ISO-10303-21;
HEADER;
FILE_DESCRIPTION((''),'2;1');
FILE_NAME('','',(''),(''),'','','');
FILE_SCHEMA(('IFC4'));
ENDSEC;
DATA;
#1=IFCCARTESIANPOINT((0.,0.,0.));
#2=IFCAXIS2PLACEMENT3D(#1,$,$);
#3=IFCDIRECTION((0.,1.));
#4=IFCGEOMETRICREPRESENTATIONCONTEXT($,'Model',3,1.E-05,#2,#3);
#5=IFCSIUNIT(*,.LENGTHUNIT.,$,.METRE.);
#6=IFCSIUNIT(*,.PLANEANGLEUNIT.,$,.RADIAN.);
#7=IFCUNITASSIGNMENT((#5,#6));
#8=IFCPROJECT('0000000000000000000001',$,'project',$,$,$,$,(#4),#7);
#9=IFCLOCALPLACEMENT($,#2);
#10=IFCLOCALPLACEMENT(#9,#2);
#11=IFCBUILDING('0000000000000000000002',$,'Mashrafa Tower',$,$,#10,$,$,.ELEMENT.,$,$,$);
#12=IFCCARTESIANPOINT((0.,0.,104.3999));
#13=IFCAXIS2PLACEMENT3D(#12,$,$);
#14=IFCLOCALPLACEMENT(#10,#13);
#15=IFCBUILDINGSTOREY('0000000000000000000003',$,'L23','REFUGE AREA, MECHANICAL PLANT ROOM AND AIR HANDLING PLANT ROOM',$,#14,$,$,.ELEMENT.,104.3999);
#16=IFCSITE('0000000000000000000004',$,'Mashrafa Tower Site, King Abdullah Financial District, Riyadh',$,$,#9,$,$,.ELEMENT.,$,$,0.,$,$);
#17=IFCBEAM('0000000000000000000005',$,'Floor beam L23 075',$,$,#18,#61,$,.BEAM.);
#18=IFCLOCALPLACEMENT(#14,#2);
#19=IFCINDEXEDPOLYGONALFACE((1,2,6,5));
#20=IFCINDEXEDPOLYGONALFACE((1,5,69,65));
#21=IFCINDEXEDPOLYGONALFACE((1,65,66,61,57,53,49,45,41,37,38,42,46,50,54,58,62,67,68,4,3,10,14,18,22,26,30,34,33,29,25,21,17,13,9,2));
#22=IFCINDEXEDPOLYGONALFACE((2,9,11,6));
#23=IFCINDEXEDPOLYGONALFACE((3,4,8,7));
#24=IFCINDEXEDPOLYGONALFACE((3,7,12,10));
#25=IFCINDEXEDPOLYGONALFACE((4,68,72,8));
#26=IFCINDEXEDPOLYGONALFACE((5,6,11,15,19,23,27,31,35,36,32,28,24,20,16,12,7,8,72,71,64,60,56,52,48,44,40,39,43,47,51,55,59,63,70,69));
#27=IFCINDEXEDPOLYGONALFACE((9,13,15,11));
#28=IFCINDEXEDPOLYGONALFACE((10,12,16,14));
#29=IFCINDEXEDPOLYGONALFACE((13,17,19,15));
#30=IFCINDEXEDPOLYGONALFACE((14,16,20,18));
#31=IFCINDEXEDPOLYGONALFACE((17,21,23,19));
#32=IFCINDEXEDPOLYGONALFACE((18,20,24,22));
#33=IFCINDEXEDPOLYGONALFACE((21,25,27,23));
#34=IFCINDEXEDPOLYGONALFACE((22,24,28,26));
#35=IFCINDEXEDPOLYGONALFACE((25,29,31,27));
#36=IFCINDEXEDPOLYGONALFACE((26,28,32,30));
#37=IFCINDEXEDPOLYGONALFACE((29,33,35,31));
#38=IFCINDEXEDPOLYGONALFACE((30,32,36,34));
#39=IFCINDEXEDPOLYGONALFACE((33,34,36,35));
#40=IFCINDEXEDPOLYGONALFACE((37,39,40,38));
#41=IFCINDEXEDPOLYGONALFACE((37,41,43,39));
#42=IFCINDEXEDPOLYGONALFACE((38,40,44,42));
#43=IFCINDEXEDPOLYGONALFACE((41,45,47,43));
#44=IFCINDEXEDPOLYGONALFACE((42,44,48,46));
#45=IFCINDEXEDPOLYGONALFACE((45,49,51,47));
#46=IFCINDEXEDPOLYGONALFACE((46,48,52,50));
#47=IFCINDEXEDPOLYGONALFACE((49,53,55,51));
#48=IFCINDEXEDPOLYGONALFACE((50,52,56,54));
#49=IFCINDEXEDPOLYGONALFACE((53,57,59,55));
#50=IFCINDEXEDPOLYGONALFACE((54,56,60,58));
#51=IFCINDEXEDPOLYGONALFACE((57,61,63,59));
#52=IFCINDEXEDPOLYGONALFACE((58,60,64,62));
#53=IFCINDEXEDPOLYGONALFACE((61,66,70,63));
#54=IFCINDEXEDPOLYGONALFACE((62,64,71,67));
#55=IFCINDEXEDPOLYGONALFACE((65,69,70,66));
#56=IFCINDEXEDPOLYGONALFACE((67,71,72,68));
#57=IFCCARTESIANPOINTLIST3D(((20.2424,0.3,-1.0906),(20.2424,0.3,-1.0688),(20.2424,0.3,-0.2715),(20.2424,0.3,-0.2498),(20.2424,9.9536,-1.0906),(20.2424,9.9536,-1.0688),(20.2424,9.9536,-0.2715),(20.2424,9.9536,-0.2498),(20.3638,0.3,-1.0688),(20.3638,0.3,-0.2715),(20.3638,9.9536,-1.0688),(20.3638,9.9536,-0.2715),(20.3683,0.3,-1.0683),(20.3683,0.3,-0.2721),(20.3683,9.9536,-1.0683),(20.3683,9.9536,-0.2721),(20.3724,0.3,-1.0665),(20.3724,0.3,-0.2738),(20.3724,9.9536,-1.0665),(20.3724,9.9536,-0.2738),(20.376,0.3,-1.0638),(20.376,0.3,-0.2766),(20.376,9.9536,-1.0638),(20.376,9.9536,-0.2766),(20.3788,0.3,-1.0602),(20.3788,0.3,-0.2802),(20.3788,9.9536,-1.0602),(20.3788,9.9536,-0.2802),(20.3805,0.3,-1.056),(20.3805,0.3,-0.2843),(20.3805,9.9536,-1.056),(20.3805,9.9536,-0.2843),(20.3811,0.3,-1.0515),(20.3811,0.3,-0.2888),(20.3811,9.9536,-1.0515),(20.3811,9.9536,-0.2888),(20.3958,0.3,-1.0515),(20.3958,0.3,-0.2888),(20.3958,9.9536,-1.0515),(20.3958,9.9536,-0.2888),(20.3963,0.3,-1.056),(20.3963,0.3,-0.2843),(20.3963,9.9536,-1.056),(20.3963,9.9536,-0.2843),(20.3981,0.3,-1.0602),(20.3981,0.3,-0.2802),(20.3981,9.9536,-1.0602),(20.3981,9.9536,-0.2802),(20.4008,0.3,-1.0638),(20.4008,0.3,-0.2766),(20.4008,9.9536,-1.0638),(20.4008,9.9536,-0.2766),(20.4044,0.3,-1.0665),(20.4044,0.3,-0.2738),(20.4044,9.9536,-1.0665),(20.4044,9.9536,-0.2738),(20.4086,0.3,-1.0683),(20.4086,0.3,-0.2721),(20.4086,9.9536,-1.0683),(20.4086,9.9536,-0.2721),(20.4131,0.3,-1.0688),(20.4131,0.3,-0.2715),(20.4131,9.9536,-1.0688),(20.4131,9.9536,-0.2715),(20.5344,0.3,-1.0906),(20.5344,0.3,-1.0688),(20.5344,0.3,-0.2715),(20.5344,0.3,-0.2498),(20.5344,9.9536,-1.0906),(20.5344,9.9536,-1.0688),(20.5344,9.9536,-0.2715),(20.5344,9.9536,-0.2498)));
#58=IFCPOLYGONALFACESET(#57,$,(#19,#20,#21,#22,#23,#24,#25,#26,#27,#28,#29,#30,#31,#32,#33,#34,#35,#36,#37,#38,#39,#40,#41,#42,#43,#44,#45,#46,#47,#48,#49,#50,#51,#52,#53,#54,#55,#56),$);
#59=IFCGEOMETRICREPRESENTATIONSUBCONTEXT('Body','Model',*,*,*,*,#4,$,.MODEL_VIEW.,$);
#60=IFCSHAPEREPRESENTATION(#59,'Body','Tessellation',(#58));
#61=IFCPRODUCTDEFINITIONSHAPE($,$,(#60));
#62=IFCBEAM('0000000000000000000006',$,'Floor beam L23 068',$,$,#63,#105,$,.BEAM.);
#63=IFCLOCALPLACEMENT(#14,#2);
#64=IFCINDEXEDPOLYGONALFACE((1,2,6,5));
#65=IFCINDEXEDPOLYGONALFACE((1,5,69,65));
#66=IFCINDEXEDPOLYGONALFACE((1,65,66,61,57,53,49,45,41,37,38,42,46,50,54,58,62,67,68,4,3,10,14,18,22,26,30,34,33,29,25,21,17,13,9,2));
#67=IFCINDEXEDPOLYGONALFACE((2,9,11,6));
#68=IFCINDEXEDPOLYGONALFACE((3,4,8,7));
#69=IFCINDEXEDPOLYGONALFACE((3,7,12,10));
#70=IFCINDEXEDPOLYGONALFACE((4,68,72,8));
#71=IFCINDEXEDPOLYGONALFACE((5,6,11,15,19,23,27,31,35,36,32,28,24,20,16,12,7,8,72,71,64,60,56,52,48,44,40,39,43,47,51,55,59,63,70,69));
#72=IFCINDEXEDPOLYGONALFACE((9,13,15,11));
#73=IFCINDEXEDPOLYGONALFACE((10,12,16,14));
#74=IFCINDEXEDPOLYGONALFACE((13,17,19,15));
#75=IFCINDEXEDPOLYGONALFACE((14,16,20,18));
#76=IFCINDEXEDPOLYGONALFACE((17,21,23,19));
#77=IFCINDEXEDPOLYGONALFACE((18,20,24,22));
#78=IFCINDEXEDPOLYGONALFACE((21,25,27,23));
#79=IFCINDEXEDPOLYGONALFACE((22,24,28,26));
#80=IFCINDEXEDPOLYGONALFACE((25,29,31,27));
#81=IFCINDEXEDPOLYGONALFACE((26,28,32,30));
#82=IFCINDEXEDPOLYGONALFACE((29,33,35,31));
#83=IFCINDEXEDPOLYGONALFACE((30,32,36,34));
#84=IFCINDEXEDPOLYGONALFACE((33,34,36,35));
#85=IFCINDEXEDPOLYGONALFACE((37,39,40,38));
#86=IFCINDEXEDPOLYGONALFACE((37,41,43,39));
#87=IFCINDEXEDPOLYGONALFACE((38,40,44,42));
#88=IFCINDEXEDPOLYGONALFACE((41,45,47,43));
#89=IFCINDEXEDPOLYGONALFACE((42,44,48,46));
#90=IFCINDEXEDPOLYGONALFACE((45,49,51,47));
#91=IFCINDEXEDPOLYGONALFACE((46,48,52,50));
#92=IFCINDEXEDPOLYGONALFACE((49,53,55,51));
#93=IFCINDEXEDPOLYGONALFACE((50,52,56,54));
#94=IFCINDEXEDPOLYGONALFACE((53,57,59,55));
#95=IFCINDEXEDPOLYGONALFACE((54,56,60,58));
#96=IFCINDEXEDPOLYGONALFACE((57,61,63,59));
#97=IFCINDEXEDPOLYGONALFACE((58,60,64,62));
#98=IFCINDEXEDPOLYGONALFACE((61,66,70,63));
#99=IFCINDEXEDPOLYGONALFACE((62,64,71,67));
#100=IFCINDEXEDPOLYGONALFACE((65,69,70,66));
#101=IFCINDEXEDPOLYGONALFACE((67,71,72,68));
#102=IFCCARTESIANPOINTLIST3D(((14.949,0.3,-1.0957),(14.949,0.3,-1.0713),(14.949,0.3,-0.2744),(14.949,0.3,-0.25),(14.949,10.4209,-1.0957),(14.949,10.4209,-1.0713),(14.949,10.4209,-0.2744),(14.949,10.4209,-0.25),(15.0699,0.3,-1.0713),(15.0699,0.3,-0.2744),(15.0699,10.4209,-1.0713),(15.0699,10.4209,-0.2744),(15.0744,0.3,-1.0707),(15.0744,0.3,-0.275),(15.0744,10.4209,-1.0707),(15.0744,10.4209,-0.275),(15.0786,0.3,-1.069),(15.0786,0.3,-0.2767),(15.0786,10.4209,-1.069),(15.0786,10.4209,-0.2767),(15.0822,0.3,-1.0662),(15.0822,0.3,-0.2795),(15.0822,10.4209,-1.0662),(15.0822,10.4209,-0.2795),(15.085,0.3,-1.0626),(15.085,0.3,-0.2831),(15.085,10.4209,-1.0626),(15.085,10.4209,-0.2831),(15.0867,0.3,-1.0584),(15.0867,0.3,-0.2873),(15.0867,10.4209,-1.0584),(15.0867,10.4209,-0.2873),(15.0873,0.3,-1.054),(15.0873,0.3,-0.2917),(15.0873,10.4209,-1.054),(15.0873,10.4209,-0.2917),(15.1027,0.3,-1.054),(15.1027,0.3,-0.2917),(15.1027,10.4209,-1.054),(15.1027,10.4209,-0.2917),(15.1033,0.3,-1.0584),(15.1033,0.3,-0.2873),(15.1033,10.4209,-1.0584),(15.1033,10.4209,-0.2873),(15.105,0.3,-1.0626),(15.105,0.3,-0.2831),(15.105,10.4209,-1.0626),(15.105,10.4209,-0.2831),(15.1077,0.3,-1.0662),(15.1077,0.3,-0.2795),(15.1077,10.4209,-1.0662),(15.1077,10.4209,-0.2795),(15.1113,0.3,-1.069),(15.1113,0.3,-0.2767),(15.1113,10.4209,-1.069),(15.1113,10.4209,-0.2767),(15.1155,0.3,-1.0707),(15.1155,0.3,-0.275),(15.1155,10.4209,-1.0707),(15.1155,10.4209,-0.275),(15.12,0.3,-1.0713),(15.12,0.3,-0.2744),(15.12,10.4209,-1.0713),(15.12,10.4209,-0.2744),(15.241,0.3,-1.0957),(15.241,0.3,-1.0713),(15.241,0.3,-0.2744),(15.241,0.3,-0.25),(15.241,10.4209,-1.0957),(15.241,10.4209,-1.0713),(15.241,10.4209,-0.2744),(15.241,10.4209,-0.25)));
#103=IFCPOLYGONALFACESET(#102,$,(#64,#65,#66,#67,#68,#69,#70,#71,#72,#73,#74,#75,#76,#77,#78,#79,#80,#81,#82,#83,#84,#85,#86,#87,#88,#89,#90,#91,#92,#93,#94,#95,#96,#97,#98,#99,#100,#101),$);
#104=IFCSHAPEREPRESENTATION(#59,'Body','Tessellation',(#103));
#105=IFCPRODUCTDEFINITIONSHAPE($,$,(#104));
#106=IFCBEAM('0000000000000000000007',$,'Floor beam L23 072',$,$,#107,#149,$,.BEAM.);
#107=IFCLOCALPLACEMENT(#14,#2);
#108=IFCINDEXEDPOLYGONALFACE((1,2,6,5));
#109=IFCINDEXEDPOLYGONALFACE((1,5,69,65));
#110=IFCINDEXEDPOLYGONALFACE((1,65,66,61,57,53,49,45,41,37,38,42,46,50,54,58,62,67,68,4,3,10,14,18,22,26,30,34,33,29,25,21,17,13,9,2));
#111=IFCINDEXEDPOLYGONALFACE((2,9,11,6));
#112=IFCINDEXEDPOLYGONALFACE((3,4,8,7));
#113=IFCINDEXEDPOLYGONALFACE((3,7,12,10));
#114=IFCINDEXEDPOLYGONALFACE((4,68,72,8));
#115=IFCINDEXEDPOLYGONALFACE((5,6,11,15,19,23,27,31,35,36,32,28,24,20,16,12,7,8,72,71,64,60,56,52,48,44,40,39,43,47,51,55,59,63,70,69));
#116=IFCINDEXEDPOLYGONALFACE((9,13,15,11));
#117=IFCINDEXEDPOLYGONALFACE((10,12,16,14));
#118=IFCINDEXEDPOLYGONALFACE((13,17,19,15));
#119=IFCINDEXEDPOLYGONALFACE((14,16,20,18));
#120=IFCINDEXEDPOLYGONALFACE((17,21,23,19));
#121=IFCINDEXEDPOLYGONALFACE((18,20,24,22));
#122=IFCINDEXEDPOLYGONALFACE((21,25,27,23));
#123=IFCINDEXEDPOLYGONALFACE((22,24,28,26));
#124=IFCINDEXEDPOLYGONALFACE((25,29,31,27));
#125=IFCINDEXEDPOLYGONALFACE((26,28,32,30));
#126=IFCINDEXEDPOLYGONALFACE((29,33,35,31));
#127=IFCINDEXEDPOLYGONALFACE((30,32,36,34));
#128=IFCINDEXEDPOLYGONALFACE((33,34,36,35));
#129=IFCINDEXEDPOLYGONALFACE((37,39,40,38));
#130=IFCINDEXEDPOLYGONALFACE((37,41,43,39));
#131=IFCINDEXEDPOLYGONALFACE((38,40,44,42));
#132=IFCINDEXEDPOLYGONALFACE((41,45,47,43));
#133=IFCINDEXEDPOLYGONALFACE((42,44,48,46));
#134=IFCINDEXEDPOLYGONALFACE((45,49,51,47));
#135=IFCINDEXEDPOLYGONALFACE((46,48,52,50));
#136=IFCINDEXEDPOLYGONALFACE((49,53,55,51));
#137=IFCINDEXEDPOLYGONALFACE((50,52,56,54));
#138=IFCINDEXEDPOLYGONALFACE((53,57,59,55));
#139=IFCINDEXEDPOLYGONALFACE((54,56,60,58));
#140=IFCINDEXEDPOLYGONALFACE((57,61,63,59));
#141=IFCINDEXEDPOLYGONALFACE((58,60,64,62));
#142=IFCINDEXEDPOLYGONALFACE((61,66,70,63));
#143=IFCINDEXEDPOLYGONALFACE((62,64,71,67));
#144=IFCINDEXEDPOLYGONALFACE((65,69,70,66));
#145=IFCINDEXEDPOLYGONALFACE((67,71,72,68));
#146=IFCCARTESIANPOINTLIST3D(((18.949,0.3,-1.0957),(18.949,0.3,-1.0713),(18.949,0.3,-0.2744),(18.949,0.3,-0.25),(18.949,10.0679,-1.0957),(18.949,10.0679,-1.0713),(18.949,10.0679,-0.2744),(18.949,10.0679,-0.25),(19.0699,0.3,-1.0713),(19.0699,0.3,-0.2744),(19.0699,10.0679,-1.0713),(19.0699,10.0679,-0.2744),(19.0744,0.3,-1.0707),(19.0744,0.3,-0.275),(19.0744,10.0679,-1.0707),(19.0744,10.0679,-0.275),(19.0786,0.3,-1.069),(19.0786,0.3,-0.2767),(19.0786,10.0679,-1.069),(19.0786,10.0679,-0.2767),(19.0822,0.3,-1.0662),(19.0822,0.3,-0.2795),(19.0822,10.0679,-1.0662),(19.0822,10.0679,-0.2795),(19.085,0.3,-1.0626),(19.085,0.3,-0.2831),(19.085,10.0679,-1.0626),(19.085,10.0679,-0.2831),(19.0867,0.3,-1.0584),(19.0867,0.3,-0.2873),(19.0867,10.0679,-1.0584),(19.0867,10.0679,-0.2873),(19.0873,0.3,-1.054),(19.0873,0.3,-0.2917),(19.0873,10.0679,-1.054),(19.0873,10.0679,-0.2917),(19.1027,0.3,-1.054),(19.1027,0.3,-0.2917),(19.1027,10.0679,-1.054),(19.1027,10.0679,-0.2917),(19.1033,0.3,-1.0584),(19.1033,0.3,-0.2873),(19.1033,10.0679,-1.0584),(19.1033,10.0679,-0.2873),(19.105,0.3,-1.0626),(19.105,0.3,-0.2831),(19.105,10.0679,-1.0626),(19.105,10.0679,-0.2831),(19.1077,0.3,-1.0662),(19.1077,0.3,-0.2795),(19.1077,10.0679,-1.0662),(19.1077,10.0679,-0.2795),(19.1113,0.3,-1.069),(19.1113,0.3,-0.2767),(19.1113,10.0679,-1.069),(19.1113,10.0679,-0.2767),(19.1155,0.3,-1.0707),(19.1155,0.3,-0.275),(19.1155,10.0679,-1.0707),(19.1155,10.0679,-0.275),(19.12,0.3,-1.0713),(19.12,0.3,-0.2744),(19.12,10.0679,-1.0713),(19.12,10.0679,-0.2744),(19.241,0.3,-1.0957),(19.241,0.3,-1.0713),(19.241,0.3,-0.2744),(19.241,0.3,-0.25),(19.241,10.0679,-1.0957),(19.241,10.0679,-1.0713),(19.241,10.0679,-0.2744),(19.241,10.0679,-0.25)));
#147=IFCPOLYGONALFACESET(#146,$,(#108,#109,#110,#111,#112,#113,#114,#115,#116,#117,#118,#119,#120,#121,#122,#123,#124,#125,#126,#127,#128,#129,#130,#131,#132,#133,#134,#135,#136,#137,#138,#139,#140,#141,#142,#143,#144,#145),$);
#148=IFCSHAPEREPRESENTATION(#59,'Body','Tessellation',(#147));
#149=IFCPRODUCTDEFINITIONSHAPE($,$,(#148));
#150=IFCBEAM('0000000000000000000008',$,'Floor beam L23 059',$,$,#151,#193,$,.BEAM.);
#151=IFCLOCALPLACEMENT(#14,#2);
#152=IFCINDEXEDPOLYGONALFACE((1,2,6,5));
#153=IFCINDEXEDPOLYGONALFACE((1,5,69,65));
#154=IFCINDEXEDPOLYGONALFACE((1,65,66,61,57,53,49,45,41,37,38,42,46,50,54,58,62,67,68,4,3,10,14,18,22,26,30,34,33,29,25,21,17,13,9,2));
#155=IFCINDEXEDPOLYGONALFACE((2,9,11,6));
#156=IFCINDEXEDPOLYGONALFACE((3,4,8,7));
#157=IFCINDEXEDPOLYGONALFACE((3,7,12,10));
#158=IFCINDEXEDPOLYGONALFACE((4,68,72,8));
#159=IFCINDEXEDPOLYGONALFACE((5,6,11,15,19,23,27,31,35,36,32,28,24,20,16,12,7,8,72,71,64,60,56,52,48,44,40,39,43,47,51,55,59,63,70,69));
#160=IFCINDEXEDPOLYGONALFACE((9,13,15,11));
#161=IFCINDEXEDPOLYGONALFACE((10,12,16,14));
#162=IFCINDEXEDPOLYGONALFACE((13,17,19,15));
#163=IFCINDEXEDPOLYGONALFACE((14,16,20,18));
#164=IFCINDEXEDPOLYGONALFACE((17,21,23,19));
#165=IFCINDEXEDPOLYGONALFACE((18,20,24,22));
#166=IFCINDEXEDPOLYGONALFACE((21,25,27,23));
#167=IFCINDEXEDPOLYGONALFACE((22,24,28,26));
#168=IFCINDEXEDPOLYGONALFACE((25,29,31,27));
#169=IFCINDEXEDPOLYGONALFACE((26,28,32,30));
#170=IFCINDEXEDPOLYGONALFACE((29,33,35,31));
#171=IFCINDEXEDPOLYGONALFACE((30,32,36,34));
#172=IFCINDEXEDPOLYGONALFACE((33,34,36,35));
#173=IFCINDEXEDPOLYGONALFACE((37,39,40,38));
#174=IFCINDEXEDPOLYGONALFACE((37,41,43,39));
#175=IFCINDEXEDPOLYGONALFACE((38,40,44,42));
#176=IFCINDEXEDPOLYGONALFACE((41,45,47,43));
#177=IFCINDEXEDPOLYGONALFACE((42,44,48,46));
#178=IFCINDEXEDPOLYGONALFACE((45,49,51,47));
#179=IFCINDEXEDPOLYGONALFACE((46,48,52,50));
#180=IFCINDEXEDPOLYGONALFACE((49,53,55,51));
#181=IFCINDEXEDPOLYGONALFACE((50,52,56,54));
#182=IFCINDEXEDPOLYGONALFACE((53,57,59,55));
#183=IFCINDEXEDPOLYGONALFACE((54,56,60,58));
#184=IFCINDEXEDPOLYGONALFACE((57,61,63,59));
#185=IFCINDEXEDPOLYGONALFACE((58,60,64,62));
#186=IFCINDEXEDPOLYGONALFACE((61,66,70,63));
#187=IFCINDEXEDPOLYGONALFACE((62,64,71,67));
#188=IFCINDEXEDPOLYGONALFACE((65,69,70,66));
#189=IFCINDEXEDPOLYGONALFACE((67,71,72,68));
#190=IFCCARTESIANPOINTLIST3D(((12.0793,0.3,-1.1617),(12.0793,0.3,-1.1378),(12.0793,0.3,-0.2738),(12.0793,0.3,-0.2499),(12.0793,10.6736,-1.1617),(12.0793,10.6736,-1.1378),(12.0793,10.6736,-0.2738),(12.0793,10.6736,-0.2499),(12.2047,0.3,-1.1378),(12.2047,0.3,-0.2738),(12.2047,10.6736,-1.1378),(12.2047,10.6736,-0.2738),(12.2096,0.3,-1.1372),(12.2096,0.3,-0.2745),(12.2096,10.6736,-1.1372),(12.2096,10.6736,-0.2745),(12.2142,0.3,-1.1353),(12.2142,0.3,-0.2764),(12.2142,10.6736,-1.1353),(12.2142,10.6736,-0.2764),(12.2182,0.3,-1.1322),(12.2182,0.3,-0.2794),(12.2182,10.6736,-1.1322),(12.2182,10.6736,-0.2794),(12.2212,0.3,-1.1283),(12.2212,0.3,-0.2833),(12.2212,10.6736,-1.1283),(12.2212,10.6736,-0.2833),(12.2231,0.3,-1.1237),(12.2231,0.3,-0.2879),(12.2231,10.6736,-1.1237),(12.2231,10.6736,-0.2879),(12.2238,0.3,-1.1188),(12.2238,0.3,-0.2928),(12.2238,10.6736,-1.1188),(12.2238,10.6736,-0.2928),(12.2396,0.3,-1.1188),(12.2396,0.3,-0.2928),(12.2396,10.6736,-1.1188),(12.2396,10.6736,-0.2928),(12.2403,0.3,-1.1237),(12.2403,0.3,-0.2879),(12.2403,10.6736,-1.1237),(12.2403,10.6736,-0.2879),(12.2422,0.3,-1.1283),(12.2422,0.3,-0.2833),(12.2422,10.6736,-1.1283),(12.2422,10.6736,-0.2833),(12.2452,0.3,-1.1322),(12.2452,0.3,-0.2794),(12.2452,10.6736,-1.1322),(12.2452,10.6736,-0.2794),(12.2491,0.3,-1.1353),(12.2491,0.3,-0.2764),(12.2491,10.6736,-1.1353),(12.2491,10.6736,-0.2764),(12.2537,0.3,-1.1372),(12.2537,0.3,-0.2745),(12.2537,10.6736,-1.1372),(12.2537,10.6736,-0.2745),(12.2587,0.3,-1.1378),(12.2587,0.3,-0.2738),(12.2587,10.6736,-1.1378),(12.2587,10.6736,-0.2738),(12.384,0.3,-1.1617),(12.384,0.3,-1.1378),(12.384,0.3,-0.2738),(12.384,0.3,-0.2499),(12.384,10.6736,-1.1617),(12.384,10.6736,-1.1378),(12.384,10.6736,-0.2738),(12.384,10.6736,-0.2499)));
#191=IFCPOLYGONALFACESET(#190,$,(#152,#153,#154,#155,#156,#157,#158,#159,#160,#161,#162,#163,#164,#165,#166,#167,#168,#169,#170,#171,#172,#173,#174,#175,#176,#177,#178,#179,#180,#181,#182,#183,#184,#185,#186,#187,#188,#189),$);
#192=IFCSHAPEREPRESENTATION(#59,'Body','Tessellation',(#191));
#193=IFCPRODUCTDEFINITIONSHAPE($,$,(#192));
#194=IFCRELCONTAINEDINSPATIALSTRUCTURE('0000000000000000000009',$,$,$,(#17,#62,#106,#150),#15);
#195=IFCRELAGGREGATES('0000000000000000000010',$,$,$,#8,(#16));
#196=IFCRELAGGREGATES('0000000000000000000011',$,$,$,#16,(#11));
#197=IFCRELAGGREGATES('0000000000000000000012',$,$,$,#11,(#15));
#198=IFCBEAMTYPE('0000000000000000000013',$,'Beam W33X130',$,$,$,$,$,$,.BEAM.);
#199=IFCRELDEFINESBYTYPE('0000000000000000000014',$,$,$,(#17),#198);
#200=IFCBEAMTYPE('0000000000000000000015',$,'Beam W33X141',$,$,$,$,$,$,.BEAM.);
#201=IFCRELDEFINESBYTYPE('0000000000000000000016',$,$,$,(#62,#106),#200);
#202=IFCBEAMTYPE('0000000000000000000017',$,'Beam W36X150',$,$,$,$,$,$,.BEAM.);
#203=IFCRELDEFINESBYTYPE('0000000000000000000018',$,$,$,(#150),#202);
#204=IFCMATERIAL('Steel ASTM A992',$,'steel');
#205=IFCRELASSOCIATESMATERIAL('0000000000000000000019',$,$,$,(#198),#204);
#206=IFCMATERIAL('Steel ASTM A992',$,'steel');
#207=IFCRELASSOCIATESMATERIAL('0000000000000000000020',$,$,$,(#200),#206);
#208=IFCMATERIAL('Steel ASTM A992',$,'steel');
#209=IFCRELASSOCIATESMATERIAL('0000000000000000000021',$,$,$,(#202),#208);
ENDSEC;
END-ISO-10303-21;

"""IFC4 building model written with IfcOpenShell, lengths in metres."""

from ifc_helpers import new_model, si_unit, direction, frame, origin, origin_2d, place, context, subcontext, project, spatial, i_section, extrude, material, material_profile, profile_set, type_object, element, save


model = new_model("IFC4")

# Units and contexts
model_context = context("Model", 3, precision=1e-05, world=origin(), true_north=direction((0.0, 1.0)))
body_context = subcontext(model_context, "Body", "Model", "MODEL_VIEW")
ifc_project = project(units=[si_unit("LENGTHUNIT", "METRE"), si_unit("PLANEANGLEUNIT", "RADIAN")], contexts=[model_context])

# Site, building, storey
site_placement = place(None, origin())
site = spatial("IfcSite", under=ifc_project, at=site_placement, Name="Mashrafa Tower Site, King Abdullah Financial District, Riyadh", CompositionType="ELEMENT", RefElevation=0.0)
building_placement = place(site_placement, origin())
building = spatial("IfcBuilding", under=site, at=building_placement, Name="Mashrafa Tower", CompositionType="ELEMENT")
storey_placement = place(building_placement, frame((0.0, 0.0, 104.3999)))
storey = spatial("IfcBuildingStorey", under=building, at=storey_placement, Name="L23", Description="REFUGE AREA, MECHANICAL PLANT ROOM AND AIR HANDLING PLANT ROOM", CompositionType="ELEMENT", Elevation=104.3999)

# Beams
ifc_material_1 = material(Name="Steel ASTM A992", Category="steel")
ifc_material_profile_1 = material_profile(ifc_material_1, i_section(OverallWidth=0.292, OverallDepth=0.8408, WebThickness=0.0146, FlangeThickness=0.0217, FilletRadius=0.0173, at=origin_2d()), Name="W33X130")
ifc_profile_set_1 = profile_set([ifc_material_profile_1], Name="Steel ASTM A992")
beam_type_1 = type_object("IfcBeamType", Name="Beam W33X130", PredefinedType="BEAM", material=ifc_profile_set_1)
beam_1_placement = place(storey_placement, frame((20.3884, 9.9536, -0.6702), z_axis=(0.0, -1.0, 0.0), x_axis=(1.0, 0.0, 0.0)))
element("IfcBeam", 1, at=beam_1_placement, inside=storey, type_object=beam_type_1, Name="Floor beam L23 075", PredefinedType="BEAM", context=body_context, shape_type="SweptSolid", body=[
    extrude(i_section(OverallWidth=0.292, OverallDepth=0.8408, WebThickness=0.0146, FlangeThickness=0.0217, FilletRadius=0.0173, at=origin_2d()), origin(), (0.0, 0.0, 1.0), 9.6536),
])
ifc_material_2 = material(Name="Steel ASTM A992", Category="steel")
ifc_material_profile_2 = material_profile(ifc_material_2, i_section(OverallWidth=0.292, OverallDepth=0.8457, WebThickness=0.0154, FlangeThickness=0.0244, FilletRadius=0.0173, at=origin_2d()), Name="W33X141")
ifc_profile_set_2 = profile_set([ifc_material_profile_2], Name="Steel ASTM A992")
beam_type_2 = type_object("IfcBeamType", Name="Beam W33X141", PredefinedType="BEAM", material=ifc_profile_set_2)
beam_2_placement = place(storey_placement, frame((15.095, 10.4209, -0.6729), z_axis=(0.0, -1.0, 0.0), x_axis=(1.0, 0.0, 0.0)))
element("IfcBeam", 2, at=beam_2_placement, inside=storey, type_object=beam_type_2, Name="Floor beam L23 068", PredefinedType="BEAM", context=body_context, shape_type="SweptSolid", body=[
    extrude(i_section(OverallWidth=0.292, OverallDepth=0.8457, WebThickness=0.0154, FlangeThickness=0.0244, FilletRadius=0.0173, at=origin_2d()), origin(), (0.0, 0.0, 1.0), 10.1208),
])
beam_3_placement = place(storey_placement, frame((19.095, 10.0679, -0.6729), z_axis=(0.0, -1.0, 0.0), x_axis=(1.0, 0.0, 0.0)))
element("IfcBeam", 3, at=beam_3_placement, inside=storey, type_object=beam_type_2, Name="Floor beam L23 072", PredefinedType="BEAM", context=body_context, shape_type="SweptSolid", body=[
    extrude(i_section(OverallWidth=0.292, OverallDepth=0.8457, WebThickness=0.0154, FlangeThickness=0.0244, FilletRadius=0.0173, at=origin_2d()), origin(), (0.0, 0.0, 1.0), 9.7678),
])
ifc_material_3 = material(Name="Steel ASTM A992", Category="steel")
ifc_material_profile_3 = material_profile(ifc_material_3, i_section(OverallWidth=0.3047, OverallDepth=0.9119, WebThickness=0.0159, FlangeThickness=0.0239, FilletRadius=0.019, at=origin_2d()), Name="W36X150")
ifc_profile_set_3 = profile_set([ifc_material_profile_3], Name="Steel ASTM A992")
beam_type_3 = type_object("IfcBeamType", Name="Beam W36X150", PredefinedType="BEAM", material=ifc_profile_set_3)
beam_4_placement = place(storey_placement, frame((12.2317, 10.6736, -0.7058), z_axis=(0.0, -1.0, 0.0), x_axis=(1.0, 0.0, 0.0)))
element("IfcBeam", 4, at=beam_4_placement, inside=storey, type_object=beam_type_3, Name="Floor beam L23 059", PredefinedType="BEAM", context=body_context, shape_type="SweptSolid", body=[
    extrude(i_section(OverallWidth=0.3047, OverallDepth=0.9119, WebThickness=0.0159, FlangeThickness=0.0239, FilletRadius=0.019, at=origin_2d()), origin(), (0.0, 0.0, 1.0), 10.3735),
])

save(model, "model.ifc")
